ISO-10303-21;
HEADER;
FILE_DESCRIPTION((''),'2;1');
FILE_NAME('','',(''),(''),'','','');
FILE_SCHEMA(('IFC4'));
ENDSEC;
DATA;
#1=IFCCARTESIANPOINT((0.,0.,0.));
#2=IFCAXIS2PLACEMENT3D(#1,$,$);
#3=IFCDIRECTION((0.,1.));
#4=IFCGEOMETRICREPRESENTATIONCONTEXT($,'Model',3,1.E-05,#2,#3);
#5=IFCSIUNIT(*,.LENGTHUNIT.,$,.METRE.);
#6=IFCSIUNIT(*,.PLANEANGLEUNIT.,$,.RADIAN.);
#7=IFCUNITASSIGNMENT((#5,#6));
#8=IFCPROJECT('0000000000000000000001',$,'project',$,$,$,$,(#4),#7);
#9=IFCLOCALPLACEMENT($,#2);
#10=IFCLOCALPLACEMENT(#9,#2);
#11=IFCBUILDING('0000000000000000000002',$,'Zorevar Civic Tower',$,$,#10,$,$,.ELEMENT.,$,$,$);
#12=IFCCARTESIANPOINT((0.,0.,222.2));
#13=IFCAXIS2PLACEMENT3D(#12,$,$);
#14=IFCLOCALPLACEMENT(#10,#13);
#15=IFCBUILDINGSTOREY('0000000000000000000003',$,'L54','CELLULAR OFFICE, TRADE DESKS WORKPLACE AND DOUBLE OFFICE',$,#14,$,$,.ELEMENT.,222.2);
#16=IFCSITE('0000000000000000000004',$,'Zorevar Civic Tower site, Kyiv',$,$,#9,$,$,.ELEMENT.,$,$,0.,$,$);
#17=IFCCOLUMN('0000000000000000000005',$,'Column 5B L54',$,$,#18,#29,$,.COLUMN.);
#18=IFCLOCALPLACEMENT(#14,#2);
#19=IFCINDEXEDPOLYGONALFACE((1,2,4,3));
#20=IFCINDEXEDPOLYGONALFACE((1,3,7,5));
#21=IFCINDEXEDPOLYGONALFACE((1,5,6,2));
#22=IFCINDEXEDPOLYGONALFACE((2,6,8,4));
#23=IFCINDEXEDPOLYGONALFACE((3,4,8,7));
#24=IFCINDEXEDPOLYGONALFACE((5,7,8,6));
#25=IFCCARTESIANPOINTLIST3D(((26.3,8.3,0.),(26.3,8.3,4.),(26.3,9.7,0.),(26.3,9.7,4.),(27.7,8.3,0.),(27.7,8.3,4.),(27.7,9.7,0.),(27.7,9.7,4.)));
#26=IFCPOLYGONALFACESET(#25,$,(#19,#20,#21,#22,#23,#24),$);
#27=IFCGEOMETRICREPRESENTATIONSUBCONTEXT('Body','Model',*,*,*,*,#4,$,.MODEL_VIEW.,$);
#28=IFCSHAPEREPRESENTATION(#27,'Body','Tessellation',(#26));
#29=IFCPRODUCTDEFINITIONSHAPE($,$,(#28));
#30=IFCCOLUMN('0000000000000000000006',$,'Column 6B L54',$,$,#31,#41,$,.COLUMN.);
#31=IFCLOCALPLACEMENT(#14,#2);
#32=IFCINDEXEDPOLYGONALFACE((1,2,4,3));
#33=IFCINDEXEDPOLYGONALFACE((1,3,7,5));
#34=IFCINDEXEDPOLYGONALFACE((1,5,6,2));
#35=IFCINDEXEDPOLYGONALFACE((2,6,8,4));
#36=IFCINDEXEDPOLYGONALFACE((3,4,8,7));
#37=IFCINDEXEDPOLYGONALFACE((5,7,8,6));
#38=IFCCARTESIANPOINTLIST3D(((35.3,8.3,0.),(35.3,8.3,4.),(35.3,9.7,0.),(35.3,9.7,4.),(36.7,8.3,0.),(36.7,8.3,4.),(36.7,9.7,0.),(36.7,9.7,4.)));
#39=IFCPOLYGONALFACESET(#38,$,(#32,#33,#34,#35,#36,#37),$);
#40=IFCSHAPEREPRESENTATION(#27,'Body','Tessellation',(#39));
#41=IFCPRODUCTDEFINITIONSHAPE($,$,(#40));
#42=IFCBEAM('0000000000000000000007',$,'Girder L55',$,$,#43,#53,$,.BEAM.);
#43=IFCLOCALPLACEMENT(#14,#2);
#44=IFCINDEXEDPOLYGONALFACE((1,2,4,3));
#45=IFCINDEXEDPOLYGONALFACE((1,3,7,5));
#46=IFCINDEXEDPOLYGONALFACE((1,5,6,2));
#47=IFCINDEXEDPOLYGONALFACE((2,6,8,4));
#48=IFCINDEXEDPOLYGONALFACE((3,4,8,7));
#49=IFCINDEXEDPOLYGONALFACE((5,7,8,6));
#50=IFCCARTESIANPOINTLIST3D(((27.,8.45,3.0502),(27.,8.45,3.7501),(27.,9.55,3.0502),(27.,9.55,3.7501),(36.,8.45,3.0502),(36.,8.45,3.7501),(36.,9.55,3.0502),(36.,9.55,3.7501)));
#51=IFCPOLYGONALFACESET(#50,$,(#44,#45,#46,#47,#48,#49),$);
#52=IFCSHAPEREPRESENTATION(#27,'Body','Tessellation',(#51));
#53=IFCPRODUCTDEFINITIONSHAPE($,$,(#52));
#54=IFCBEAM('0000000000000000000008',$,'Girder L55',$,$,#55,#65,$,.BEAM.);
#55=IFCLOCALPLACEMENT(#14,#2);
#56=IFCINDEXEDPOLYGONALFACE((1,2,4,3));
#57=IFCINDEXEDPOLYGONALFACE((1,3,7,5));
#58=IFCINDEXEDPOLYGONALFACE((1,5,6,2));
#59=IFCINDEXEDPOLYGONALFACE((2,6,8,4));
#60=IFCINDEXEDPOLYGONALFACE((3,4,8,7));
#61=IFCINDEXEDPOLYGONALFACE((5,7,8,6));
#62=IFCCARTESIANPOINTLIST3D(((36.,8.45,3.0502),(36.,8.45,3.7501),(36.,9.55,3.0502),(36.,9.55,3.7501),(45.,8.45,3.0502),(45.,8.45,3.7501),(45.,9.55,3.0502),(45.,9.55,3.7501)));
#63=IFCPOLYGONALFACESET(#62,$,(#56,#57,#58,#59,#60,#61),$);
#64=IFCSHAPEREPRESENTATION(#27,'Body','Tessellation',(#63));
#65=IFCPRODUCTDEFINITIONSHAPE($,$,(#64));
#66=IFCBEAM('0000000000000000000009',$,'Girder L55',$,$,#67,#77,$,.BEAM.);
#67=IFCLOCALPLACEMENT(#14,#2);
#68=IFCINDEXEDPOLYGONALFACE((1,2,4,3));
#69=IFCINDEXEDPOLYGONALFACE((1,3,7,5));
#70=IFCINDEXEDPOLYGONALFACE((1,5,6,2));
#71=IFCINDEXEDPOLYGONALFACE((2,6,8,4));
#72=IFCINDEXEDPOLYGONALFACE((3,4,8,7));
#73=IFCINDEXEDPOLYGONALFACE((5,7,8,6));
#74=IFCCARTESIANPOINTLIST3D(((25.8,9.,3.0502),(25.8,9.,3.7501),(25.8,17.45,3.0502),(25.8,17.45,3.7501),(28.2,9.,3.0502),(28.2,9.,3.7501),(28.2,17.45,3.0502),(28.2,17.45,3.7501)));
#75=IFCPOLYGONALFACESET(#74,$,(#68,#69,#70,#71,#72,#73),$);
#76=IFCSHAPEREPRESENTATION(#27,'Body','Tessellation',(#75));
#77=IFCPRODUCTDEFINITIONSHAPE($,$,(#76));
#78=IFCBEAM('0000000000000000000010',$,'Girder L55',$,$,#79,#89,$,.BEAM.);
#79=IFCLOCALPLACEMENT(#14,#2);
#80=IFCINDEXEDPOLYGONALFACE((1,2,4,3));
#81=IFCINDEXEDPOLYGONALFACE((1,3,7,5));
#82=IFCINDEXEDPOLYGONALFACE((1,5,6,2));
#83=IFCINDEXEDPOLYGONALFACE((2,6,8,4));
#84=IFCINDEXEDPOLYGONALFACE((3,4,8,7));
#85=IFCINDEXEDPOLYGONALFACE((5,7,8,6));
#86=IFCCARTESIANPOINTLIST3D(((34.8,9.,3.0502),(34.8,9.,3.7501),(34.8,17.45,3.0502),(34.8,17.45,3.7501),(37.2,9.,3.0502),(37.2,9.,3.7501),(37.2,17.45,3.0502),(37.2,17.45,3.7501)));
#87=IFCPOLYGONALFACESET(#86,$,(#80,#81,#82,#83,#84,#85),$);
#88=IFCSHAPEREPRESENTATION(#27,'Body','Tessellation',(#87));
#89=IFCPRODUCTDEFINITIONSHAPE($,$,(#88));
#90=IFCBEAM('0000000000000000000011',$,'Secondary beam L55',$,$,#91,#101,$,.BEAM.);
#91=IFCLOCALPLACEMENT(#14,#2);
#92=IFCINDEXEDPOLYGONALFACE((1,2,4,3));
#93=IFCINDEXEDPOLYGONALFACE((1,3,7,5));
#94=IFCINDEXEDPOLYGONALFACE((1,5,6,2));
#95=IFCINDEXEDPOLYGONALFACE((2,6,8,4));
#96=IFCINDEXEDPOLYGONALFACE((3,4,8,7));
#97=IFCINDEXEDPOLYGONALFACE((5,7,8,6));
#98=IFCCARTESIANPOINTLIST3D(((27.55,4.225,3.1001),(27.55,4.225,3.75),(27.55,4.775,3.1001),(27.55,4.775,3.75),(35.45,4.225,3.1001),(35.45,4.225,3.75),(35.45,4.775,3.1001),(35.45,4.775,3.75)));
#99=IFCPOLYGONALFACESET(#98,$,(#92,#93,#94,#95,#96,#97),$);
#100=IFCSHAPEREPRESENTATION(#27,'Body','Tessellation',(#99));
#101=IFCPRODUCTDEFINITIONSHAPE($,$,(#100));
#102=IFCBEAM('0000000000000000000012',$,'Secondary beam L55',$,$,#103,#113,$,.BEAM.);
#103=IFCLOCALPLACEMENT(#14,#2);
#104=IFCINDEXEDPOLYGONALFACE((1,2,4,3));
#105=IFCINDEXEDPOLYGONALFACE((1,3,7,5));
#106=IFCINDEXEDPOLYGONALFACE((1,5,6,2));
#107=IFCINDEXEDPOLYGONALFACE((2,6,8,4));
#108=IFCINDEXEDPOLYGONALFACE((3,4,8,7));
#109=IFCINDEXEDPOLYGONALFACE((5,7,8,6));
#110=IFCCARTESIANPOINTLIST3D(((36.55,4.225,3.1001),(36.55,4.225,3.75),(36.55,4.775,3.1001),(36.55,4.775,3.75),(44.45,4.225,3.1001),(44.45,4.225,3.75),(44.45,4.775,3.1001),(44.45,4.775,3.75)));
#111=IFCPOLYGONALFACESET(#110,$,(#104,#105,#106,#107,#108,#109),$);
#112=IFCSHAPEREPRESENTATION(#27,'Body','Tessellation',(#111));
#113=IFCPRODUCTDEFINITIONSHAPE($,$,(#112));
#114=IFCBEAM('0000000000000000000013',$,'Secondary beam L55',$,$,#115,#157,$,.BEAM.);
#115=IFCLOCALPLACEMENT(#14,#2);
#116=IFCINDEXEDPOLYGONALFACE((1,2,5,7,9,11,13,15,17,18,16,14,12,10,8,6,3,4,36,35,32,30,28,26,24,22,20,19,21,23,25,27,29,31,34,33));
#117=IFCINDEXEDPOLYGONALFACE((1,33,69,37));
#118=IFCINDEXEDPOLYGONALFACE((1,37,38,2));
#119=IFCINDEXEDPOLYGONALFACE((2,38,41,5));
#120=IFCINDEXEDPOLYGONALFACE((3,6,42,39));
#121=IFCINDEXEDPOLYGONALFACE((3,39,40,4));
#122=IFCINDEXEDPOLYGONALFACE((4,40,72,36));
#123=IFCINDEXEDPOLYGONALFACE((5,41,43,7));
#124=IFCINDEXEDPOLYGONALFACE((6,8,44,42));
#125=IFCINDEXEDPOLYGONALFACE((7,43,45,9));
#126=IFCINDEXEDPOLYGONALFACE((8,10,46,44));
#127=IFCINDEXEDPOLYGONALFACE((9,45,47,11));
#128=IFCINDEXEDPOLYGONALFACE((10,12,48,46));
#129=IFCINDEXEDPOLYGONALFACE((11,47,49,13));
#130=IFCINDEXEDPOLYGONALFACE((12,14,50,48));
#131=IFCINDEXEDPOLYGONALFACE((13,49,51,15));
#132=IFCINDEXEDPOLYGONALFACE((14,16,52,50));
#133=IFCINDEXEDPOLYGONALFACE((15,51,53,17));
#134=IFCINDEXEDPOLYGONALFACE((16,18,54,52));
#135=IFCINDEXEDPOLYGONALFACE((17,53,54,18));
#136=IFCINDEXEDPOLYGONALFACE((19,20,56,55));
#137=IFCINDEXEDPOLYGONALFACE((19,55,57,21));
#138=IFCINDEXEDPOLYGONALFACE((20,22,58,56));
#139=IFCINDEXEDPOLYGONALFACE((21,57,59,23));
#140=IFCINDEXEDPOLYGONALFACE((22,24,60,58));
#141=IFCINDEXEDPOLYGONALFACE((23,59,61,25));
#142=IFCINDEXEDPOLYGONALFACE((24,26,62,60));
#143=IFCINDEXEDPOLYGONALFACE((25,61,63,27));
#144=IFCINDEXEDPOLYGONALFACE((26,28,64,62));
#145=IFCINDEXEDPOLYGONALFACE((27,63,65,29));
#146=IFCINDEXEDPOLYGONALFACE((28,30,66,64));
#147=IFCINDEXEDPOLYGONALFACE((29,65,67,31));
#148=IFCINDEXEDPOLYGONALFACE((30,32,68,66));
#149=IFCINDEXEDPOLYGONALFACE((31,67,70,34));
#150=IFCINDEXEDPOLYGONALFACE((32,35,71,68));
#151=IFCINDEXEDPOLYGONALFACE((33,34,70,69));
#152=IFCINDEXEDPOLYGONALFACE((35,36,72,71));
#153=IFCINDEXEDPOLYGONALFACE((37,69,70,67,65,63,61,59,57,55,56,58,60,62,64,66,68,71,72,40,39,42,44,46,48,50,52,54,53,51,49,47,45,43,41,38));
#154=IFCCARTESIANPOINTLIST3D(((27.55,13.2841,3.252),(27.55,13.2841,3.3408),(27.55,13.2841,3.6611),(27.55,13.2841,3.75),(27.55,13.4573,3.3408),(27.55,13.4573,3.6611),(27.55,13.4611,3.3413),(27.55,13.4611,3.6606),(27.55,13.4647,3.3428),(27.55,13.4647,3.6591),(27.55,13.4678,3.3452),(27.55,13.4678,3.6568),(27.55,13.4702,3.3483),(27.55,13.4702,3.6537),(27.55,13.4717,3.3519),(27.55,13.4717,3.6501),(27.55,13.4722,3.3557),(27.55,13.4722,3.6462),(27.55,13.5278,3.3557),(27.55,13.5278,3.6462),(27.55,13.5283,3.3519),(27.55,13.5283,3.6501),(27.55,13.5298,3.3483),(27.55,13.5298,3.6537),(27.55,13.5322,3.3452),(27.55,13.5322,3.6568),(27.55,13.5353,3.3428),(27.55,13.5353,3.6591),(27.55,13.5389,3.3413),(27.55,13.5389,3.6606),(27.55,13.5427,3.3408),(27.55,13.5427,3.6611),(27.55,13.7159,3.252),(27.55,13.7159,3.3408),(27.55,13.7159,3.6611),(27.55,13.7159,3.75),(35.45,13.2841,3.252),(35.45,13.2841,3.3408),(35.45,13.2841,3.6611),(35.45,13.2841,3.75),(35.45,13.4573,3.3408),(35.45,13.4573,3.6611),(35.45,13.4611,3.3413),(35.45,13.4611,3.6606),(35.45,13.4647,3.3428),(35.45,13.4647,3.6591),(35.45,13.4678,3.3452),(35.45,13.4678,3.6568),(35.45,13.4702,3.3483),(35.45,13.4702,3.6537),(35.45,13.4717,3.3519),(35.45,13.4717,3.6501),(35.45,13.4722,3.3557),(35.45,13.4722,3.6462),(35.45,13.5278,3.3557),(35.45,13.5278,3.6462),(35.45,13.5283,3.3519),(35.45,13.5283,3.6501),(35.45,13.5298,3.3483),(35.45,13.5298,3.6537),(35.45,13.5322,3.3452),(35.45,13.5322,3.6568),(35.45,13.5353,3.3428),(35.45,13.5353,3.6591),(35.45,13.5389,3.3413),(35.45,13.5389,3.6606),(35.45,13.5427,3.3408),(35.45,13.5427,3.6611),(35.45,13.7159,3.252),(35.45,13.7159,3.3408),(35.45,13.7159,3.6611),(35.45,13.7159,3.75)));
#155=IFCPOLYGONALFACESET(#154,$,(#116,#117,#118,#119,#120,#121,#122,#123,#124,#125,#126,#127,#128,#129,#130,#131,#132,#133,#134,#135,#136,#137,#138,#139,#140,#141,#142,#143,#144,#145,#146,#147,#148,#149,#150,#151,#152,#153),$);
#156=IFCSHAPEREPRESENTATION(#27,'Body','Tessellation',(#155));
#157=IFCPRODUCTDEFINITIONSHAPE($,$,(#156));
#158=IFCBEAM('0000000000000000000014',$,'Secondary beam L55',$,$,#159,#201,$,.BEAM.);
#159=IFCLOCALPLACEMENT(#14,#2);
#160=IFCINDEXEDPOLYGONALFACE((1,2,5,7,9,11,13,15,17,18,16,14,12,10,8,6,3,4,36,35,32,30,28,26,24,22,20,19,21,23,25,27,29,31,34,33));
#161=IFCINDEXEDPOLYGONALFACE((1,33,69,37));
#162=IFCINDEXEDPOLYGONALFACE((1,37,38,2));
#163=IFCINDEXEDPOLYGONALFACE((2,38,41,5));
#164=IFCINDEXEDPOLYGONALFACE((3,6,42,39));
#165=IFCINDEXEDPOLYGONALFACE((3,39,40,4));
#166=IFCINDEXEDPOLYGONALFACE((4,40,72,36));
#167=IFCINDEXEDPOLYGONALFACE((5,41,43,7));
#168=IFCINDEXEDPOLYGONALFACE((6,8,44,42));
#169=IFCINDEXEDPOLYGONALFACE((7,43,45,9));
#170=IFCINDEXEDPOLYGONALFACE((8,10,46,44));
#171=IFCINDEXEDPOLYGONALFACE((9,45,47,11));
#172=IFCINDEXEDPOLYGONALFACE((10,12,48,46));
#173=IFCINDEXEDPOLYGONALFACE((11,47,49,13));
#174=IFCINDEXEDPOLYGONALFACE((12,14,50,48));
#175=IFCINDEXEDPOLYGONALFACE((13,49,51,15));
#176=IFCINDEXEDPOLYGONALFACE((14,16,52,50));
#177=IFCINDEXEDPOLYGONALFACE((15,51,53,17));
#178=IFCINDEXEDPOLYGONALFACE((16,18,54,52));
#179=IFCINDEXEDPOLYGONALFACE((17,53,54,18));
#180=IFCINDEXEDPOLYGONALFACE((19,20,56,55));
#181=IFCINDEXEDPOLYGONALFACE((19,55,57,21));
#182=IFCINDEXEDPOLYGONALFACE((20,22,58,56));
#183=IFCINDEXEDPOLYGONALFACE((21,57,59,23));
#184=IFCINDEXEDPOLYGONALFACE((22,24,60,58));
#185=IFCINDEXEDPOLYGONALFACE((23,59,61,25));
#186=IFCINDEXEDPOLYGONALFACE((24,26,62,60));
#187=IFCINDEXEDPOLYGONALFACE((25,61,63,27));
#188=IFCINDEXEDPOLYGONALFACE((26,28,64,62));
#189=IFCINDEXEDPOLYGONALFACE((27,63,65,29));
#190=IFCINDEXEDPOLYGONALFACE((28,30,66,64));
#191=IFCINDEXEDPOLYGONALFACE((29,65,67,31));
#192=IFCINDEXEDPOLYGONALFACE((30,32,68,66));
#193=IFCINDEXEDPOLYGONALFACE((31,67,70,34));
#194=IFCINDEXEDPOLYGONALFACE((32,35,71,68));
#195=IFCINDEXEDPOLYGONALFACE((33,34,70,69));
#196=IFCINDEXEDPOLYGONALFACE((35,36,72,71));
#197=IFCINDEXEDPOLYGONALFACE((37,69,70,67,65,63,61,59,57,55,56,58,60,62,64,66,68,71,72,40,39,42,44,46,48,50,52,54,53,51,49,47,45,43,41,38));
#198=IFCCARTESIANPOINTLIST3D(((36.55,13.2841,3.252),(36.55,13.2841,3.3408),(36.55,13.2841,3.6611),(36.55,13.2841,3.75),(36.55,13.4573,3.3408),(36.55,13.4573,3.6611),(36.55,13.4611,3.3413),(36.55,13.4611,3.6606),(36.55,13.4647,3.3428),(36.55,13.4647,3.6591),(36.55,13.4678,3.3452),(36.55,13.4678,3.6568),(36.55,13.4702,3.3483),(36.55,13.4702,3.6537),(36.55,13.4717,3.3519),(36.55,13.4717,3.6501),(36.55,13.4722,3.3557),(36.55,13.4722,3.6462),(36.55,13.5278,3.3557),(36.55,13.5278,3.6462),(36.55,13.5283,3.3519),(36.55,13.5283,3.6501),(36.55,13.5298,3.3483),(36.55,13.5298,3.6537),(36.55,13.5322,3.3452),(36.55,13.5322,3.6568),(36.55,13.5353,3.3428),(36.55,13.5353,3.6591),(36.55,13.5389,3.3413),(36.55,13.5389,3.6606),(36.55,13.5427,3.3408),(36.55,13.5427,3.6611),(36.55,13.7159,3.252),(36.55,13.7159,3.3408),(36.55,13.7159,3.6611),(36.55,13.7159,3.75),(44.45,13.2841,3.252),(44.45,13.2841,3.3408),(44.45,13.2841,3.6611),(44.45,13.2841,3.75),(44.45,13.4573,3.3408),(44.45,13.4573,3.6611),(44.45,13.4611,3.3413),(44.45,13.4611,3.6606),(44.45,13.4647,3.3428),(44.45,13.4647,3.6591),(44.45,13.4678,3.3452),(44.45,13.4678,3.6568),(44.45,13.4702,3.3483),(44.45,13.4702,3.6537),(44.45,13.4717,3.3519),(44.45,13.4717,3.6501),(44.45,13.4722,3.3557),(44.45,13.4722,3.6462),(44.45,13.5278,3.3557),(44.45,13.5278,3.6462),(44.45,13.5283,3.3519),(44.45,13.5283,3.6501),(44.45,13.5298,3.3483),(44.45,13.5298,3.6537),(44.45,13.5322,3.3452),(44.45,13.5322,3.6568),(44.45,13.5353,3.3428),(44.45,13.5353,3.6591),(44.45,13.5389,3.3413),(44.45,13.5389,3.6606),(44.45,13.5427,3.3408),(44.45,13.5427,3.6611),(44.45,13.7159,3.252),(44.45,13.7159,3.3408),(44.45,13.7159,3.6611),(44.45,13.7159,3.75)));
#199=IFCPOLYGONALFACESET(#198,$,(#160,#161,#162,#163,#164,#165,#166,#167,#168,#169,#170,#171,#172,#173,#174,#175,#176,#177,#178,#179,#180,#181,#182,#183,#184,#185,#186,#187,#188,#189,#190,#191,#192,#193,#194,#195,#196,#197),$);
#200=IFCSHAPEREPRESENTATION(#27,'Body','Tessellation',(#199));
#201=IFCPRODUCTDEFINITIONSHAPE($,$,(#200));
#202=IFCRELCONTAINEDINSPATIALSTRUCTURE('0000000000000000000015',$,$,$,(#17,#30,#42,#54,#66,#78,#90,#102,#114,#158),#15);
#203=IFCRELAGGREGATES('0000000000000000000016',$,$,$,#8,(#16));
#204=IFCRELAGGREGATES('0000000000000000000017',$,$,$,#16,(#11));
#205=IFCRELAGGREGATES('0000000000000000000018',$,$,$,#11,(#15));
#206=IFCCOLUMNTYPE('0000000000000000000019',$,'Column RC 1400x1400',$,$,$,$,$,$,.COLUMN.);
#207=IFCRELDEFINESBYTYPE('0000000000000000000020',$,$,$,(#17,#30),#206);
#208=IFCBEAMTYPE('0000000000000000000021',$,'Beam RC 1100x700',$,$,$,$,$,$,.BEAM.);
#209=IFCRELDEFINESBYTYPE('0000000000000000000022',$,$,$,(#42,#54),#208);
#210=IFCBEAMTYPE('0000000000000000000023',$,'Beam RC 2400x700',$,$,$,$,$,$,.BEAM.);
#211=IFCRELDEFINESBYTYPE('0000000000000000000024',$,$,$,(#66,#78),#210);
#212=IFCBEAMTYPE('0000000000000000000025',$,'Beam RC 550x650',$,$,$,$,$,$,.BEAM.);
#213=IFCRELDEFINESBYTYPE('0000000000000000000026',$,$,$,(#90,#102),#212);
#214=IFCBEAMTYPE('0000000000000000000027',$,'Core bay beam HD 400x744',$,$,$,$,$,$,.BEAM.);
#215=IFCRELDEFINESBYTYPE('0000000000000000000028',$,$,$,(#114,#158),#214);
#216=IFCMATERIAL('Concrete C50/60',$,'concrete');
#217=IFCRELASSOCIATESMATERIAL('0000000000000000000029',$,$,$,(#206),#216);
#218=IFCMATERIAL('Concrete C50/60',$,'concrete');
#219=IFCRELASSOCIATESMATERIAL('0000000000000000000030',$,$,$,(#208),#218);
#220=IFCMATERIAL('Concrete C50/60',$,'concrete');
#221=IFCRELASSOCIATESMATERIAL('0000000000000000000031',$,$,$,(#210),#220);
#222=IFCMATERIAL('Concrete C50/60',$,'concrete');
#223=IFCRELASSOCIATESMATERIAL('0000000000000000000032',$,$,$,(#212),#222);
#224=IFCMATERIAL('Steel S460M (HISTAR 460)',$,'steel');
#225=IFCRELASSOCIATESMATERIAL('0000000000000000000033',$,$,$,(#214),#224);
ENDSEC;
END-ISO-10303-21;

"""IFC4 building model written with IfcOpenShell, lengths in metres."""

from ifc_helpers import new_model, si_unit, direction, frame, origin, origin_2d, place, context, subcontext, project, spatial, rectangle, i_section, extrude, material, material_profile, profile_set, type_object, element, save


model = new_model("IFC4")

# Units and contexts
model_context = context("Model", 3, precision=1e-05, world=origin(), true_north=direction((0.0, 1.0)))
body_context = subcontext(model_context, "Body", "Model", "MODEL_VIEW")
ifc_project = project(units=[si_unit("LENGTHUNIT", "METRE"), si_unit("PLANEANGLEUNIT", "RADIAN")], contexts=[model_context])

# Site, building, storey
site_placement = place(None, origin())
site = spatial("IfcSite", under=ifc_project, at=site_placement, Name="Zorevar Civic Tower site, Kyiv", CompositionType="ELEMENT", RefElevation=0.0)
building_placement = place(site_placement, origin())
building = spatial("IfcBuilding", under=site, at=building_placement, Name="Zorevar Civic Tower", CompositionType="ELEMENT")
storey_placement = place(building_placement, frame((0.0, 0.0, 222.2)))
storey = spatial("IfcBuildingStorey", under=building, at=storey_placement, Name="L54", Description="CELLULAR OFFICE, TRADE DESKS WORKPLACE AND DOUBLE OFFICE", CompositionType="ELEMENT", Elevation=222.2)

# Columns
ifc_material_1 = material(Name="Concrete C50/60", Category="concrete")
ifc_material_profile_1 = material_profile(ifc_material_1, rectangle(XDim=1.3999, YDim=1.3999, at=origin_2d()), Name="RC 1400x1400")
ifc_profile_set_1 = profile_set([ifc_material_profile_1], Name="Concrete C50/60")
column_type = type_object("IfcColumnType", Name="Column RC 1400x1400", PredefinedType="COLUMN", material=ifc_profile_set_1)
for number, where, z_axis, x_axis, name in (
    (1, (27.0, 9.0, 0.0), (0.0, 0.0, 1.0), (1.0, 0.0, 0.0), "Column 5B L54"),
    (2, (36.0, 9.0, 0.0), (0.0, 0.0, 1.0), (1.0, 0.0, 0.0), "Column 6B L54"),
):
    element("IfcColumn", number, at=place(storey_placement, frame(where, z_axis=z_axis, x_axis=x_axis)), inside=storey, type_object=column_type, Name=name, PredefinedType="COLUMN", context=body_context, shape_type="SweptSolid", body=[
        extrude(rectangle(XDim=1.3999, YDim=1.3999, at=origin_2d()), origin(), (0.0, 0.0, 1.0), 4.0),
    ])

# Beams
ifc_material_2 = material(Name="Concrete C50/60", Category="concrete")
ifc_material_profile_2 = material_profile(ifc_material_2, rectangle(XDim=1.1001, YDim=0.7, at=origin_2d()), Name="RC 1100x700")
ifc_profile_set_2 = profile_set([ifc_material_profile_2], Name="Concrete C50/60")
beam_type_1 = type_object("IfcBeamType", Name="Beam RC 1100x700", PredefinedType="BEAM", material=ifc_profile_set_2)
for number, where, z_axis, x_axis, name in (
    (3, (27.0, 9.0, 3.4001), (1.0, 0.0, 0.0), (0.0, 1.0, 0.0), "Girder L55"),
    (4, (36.0, 9.0, 3.4001), (1.0, 0.0, 0.0), (0.0, 1.0, 0.0), "Girder L55"),
):
    element("IfcBeam", number, at=place(storey_placement, frame(where, z_axis=z_axis, x_axis=x_axis)), inside=storey, type_object=beam_type_1, Name=name, PredefinedType="BEAM", context=body_context, shape_type="SweptSolid", body=[
        extrude(rectangle(XDim=1.1001, YDim=0.7, at=origin_2d()), origin(), (0.0, 0.0, 1.0), 9.0),
    ])
ifc_material_3 = material(Name="Concrete C50/60", Category="concrete")
ifc_material_profile_3 = material_profile(ifc_material_3, rectangle(XDim=2.3999, YDim=0.7, at=origin_2d()), Name="RC 2400x700")
ifc_profile_set_3 = profile_set([ifc_material_profile_3], Name="Concrete C50/60")
beam_type_2 = type_object("IfcBeamType", Name="Beam RC 2400x700", PredefinedType="BEAM", material=ifc_profile_set_3)
for number, where, z_axis, x_axis, name in (
    (5, (27.0, 9.0, 3.4001), (0.0, 1.0, 0.0), (-1.0, 0.0, 0.0), "Girder L55"),
    (6, (36.0, 9.0, 3.4001), (0.0, 1.0, 0.0), (-1.0, 0.0, 0.0), "Girder L55"),
):
    element("IfcBeam", number, at=place(storey_placement, frame(where, z_axis=z_axis, x_axis=x_axis)), inside=storey, type_object=beam_type_2, Name=name, PredefinedType="BEAM", context=body_context, shape_type="SweptSolid", body=[
        extrude(rectangle(XDim=2.3999, YDim=0.7, at=origin_2d()), origin(), (0.0, 0.0, 1.0), 8.45),
    ])
ifc_material_4 = material(Name="Concrete C50/60", Category="concrete")
ifc_material_profile_4 = material_profile(ifc_material_4, rectangle(XDim=0.55, YDim=0.6499, at=origin_2d()), Name="RC 550x650")
ifc_profile_set_4 = profile_set([ifc_material_profile_4], Name="Concrete C50/60")
beam_type_3 = type_object("IfcBeamType", Name="Beam RC 550x650", PredefinedType="BEAM", material=ifc_profile_set_4)
for number, where, z_axis, x_axis, name in (
    (7, (27.55, 4.5, 3.425), (1.0, 0.0, 0.0), (0.0, 1.0, 0.0), "Secondary beam L55"),
    (8, (36.55, 4.5, 3.425), (1.0, 0.0, 0.0), (0.0, 1.0, 0.0), "Secondary beam L55"),
):
    element("IfcBeam", number, at=place(storey_placement, frame(where, z_axis=z_axis, x_axis=x_axis)), inside=storey, type_object=beam_type_3, Name=name, PredefinedType="BEAM", context=body_context, shape_type="SweptSolid", body=[
        extrude(rectangle(XDim=0.55, YDim=0.6499, at=origin_2d()), origin(), (0.0, 0.0, 1.0), 7.8999),
    ])
ifc_material_5 = material(Name="Steel S460M (HISTAR 460)", Category="steel")
ifc_material_profile_5 = material_profile(ifc_material_5, i_section(OverallWidth=0.4319, OverallDepth=0.498, WebThickness=0.0557, FlangeThickness=0.0889, FilletRadius=0.0149, at=origin_2d()), Name="HD 400x744")
ifc_profile_set_5 = profile_set([ifc_material_profile_5], Name="Steel S460M (HISTAR 460)")
beam_type_4 = type_object("IfcBeamType", Name="Core bay beam HD 400x744", PredefinedType="BEAM", material=ifc_profile_set_5)
for number, where, z_axis, x_axis, name in (
    (9, (27.55, 13.5, 3.501), (1.0, 0.0, 0.0), (0.0, 1.0, 0.0), "Secondary beam L55"),
    (10, (36.55, 13.5, 3.501), (1.0, 0.0, 0.0), (0.0, 1.0, 0.0), "Secondary beam L55"),
):
    element("IfcBeam", number, at=place(storey_placement, frame(where, z_axis=z_axis, x_axis=x_axis)), inside=storey, type_object=beam_type_4, Name=name, PredefinedType="BEAM", context=body_context, shape_type="SweptSolid", body=[
        extrude(i_section(OverallWidth=0.4319, OverallDepth=0.498, WebThickness=0.0557, FlangeThickness=0.0889, FilletRadius=0.0149, at=origin_2d()), origin(), (0.0, 0.0, 1.0), 7.8999),
    ])

save(model, "model.ifc")
